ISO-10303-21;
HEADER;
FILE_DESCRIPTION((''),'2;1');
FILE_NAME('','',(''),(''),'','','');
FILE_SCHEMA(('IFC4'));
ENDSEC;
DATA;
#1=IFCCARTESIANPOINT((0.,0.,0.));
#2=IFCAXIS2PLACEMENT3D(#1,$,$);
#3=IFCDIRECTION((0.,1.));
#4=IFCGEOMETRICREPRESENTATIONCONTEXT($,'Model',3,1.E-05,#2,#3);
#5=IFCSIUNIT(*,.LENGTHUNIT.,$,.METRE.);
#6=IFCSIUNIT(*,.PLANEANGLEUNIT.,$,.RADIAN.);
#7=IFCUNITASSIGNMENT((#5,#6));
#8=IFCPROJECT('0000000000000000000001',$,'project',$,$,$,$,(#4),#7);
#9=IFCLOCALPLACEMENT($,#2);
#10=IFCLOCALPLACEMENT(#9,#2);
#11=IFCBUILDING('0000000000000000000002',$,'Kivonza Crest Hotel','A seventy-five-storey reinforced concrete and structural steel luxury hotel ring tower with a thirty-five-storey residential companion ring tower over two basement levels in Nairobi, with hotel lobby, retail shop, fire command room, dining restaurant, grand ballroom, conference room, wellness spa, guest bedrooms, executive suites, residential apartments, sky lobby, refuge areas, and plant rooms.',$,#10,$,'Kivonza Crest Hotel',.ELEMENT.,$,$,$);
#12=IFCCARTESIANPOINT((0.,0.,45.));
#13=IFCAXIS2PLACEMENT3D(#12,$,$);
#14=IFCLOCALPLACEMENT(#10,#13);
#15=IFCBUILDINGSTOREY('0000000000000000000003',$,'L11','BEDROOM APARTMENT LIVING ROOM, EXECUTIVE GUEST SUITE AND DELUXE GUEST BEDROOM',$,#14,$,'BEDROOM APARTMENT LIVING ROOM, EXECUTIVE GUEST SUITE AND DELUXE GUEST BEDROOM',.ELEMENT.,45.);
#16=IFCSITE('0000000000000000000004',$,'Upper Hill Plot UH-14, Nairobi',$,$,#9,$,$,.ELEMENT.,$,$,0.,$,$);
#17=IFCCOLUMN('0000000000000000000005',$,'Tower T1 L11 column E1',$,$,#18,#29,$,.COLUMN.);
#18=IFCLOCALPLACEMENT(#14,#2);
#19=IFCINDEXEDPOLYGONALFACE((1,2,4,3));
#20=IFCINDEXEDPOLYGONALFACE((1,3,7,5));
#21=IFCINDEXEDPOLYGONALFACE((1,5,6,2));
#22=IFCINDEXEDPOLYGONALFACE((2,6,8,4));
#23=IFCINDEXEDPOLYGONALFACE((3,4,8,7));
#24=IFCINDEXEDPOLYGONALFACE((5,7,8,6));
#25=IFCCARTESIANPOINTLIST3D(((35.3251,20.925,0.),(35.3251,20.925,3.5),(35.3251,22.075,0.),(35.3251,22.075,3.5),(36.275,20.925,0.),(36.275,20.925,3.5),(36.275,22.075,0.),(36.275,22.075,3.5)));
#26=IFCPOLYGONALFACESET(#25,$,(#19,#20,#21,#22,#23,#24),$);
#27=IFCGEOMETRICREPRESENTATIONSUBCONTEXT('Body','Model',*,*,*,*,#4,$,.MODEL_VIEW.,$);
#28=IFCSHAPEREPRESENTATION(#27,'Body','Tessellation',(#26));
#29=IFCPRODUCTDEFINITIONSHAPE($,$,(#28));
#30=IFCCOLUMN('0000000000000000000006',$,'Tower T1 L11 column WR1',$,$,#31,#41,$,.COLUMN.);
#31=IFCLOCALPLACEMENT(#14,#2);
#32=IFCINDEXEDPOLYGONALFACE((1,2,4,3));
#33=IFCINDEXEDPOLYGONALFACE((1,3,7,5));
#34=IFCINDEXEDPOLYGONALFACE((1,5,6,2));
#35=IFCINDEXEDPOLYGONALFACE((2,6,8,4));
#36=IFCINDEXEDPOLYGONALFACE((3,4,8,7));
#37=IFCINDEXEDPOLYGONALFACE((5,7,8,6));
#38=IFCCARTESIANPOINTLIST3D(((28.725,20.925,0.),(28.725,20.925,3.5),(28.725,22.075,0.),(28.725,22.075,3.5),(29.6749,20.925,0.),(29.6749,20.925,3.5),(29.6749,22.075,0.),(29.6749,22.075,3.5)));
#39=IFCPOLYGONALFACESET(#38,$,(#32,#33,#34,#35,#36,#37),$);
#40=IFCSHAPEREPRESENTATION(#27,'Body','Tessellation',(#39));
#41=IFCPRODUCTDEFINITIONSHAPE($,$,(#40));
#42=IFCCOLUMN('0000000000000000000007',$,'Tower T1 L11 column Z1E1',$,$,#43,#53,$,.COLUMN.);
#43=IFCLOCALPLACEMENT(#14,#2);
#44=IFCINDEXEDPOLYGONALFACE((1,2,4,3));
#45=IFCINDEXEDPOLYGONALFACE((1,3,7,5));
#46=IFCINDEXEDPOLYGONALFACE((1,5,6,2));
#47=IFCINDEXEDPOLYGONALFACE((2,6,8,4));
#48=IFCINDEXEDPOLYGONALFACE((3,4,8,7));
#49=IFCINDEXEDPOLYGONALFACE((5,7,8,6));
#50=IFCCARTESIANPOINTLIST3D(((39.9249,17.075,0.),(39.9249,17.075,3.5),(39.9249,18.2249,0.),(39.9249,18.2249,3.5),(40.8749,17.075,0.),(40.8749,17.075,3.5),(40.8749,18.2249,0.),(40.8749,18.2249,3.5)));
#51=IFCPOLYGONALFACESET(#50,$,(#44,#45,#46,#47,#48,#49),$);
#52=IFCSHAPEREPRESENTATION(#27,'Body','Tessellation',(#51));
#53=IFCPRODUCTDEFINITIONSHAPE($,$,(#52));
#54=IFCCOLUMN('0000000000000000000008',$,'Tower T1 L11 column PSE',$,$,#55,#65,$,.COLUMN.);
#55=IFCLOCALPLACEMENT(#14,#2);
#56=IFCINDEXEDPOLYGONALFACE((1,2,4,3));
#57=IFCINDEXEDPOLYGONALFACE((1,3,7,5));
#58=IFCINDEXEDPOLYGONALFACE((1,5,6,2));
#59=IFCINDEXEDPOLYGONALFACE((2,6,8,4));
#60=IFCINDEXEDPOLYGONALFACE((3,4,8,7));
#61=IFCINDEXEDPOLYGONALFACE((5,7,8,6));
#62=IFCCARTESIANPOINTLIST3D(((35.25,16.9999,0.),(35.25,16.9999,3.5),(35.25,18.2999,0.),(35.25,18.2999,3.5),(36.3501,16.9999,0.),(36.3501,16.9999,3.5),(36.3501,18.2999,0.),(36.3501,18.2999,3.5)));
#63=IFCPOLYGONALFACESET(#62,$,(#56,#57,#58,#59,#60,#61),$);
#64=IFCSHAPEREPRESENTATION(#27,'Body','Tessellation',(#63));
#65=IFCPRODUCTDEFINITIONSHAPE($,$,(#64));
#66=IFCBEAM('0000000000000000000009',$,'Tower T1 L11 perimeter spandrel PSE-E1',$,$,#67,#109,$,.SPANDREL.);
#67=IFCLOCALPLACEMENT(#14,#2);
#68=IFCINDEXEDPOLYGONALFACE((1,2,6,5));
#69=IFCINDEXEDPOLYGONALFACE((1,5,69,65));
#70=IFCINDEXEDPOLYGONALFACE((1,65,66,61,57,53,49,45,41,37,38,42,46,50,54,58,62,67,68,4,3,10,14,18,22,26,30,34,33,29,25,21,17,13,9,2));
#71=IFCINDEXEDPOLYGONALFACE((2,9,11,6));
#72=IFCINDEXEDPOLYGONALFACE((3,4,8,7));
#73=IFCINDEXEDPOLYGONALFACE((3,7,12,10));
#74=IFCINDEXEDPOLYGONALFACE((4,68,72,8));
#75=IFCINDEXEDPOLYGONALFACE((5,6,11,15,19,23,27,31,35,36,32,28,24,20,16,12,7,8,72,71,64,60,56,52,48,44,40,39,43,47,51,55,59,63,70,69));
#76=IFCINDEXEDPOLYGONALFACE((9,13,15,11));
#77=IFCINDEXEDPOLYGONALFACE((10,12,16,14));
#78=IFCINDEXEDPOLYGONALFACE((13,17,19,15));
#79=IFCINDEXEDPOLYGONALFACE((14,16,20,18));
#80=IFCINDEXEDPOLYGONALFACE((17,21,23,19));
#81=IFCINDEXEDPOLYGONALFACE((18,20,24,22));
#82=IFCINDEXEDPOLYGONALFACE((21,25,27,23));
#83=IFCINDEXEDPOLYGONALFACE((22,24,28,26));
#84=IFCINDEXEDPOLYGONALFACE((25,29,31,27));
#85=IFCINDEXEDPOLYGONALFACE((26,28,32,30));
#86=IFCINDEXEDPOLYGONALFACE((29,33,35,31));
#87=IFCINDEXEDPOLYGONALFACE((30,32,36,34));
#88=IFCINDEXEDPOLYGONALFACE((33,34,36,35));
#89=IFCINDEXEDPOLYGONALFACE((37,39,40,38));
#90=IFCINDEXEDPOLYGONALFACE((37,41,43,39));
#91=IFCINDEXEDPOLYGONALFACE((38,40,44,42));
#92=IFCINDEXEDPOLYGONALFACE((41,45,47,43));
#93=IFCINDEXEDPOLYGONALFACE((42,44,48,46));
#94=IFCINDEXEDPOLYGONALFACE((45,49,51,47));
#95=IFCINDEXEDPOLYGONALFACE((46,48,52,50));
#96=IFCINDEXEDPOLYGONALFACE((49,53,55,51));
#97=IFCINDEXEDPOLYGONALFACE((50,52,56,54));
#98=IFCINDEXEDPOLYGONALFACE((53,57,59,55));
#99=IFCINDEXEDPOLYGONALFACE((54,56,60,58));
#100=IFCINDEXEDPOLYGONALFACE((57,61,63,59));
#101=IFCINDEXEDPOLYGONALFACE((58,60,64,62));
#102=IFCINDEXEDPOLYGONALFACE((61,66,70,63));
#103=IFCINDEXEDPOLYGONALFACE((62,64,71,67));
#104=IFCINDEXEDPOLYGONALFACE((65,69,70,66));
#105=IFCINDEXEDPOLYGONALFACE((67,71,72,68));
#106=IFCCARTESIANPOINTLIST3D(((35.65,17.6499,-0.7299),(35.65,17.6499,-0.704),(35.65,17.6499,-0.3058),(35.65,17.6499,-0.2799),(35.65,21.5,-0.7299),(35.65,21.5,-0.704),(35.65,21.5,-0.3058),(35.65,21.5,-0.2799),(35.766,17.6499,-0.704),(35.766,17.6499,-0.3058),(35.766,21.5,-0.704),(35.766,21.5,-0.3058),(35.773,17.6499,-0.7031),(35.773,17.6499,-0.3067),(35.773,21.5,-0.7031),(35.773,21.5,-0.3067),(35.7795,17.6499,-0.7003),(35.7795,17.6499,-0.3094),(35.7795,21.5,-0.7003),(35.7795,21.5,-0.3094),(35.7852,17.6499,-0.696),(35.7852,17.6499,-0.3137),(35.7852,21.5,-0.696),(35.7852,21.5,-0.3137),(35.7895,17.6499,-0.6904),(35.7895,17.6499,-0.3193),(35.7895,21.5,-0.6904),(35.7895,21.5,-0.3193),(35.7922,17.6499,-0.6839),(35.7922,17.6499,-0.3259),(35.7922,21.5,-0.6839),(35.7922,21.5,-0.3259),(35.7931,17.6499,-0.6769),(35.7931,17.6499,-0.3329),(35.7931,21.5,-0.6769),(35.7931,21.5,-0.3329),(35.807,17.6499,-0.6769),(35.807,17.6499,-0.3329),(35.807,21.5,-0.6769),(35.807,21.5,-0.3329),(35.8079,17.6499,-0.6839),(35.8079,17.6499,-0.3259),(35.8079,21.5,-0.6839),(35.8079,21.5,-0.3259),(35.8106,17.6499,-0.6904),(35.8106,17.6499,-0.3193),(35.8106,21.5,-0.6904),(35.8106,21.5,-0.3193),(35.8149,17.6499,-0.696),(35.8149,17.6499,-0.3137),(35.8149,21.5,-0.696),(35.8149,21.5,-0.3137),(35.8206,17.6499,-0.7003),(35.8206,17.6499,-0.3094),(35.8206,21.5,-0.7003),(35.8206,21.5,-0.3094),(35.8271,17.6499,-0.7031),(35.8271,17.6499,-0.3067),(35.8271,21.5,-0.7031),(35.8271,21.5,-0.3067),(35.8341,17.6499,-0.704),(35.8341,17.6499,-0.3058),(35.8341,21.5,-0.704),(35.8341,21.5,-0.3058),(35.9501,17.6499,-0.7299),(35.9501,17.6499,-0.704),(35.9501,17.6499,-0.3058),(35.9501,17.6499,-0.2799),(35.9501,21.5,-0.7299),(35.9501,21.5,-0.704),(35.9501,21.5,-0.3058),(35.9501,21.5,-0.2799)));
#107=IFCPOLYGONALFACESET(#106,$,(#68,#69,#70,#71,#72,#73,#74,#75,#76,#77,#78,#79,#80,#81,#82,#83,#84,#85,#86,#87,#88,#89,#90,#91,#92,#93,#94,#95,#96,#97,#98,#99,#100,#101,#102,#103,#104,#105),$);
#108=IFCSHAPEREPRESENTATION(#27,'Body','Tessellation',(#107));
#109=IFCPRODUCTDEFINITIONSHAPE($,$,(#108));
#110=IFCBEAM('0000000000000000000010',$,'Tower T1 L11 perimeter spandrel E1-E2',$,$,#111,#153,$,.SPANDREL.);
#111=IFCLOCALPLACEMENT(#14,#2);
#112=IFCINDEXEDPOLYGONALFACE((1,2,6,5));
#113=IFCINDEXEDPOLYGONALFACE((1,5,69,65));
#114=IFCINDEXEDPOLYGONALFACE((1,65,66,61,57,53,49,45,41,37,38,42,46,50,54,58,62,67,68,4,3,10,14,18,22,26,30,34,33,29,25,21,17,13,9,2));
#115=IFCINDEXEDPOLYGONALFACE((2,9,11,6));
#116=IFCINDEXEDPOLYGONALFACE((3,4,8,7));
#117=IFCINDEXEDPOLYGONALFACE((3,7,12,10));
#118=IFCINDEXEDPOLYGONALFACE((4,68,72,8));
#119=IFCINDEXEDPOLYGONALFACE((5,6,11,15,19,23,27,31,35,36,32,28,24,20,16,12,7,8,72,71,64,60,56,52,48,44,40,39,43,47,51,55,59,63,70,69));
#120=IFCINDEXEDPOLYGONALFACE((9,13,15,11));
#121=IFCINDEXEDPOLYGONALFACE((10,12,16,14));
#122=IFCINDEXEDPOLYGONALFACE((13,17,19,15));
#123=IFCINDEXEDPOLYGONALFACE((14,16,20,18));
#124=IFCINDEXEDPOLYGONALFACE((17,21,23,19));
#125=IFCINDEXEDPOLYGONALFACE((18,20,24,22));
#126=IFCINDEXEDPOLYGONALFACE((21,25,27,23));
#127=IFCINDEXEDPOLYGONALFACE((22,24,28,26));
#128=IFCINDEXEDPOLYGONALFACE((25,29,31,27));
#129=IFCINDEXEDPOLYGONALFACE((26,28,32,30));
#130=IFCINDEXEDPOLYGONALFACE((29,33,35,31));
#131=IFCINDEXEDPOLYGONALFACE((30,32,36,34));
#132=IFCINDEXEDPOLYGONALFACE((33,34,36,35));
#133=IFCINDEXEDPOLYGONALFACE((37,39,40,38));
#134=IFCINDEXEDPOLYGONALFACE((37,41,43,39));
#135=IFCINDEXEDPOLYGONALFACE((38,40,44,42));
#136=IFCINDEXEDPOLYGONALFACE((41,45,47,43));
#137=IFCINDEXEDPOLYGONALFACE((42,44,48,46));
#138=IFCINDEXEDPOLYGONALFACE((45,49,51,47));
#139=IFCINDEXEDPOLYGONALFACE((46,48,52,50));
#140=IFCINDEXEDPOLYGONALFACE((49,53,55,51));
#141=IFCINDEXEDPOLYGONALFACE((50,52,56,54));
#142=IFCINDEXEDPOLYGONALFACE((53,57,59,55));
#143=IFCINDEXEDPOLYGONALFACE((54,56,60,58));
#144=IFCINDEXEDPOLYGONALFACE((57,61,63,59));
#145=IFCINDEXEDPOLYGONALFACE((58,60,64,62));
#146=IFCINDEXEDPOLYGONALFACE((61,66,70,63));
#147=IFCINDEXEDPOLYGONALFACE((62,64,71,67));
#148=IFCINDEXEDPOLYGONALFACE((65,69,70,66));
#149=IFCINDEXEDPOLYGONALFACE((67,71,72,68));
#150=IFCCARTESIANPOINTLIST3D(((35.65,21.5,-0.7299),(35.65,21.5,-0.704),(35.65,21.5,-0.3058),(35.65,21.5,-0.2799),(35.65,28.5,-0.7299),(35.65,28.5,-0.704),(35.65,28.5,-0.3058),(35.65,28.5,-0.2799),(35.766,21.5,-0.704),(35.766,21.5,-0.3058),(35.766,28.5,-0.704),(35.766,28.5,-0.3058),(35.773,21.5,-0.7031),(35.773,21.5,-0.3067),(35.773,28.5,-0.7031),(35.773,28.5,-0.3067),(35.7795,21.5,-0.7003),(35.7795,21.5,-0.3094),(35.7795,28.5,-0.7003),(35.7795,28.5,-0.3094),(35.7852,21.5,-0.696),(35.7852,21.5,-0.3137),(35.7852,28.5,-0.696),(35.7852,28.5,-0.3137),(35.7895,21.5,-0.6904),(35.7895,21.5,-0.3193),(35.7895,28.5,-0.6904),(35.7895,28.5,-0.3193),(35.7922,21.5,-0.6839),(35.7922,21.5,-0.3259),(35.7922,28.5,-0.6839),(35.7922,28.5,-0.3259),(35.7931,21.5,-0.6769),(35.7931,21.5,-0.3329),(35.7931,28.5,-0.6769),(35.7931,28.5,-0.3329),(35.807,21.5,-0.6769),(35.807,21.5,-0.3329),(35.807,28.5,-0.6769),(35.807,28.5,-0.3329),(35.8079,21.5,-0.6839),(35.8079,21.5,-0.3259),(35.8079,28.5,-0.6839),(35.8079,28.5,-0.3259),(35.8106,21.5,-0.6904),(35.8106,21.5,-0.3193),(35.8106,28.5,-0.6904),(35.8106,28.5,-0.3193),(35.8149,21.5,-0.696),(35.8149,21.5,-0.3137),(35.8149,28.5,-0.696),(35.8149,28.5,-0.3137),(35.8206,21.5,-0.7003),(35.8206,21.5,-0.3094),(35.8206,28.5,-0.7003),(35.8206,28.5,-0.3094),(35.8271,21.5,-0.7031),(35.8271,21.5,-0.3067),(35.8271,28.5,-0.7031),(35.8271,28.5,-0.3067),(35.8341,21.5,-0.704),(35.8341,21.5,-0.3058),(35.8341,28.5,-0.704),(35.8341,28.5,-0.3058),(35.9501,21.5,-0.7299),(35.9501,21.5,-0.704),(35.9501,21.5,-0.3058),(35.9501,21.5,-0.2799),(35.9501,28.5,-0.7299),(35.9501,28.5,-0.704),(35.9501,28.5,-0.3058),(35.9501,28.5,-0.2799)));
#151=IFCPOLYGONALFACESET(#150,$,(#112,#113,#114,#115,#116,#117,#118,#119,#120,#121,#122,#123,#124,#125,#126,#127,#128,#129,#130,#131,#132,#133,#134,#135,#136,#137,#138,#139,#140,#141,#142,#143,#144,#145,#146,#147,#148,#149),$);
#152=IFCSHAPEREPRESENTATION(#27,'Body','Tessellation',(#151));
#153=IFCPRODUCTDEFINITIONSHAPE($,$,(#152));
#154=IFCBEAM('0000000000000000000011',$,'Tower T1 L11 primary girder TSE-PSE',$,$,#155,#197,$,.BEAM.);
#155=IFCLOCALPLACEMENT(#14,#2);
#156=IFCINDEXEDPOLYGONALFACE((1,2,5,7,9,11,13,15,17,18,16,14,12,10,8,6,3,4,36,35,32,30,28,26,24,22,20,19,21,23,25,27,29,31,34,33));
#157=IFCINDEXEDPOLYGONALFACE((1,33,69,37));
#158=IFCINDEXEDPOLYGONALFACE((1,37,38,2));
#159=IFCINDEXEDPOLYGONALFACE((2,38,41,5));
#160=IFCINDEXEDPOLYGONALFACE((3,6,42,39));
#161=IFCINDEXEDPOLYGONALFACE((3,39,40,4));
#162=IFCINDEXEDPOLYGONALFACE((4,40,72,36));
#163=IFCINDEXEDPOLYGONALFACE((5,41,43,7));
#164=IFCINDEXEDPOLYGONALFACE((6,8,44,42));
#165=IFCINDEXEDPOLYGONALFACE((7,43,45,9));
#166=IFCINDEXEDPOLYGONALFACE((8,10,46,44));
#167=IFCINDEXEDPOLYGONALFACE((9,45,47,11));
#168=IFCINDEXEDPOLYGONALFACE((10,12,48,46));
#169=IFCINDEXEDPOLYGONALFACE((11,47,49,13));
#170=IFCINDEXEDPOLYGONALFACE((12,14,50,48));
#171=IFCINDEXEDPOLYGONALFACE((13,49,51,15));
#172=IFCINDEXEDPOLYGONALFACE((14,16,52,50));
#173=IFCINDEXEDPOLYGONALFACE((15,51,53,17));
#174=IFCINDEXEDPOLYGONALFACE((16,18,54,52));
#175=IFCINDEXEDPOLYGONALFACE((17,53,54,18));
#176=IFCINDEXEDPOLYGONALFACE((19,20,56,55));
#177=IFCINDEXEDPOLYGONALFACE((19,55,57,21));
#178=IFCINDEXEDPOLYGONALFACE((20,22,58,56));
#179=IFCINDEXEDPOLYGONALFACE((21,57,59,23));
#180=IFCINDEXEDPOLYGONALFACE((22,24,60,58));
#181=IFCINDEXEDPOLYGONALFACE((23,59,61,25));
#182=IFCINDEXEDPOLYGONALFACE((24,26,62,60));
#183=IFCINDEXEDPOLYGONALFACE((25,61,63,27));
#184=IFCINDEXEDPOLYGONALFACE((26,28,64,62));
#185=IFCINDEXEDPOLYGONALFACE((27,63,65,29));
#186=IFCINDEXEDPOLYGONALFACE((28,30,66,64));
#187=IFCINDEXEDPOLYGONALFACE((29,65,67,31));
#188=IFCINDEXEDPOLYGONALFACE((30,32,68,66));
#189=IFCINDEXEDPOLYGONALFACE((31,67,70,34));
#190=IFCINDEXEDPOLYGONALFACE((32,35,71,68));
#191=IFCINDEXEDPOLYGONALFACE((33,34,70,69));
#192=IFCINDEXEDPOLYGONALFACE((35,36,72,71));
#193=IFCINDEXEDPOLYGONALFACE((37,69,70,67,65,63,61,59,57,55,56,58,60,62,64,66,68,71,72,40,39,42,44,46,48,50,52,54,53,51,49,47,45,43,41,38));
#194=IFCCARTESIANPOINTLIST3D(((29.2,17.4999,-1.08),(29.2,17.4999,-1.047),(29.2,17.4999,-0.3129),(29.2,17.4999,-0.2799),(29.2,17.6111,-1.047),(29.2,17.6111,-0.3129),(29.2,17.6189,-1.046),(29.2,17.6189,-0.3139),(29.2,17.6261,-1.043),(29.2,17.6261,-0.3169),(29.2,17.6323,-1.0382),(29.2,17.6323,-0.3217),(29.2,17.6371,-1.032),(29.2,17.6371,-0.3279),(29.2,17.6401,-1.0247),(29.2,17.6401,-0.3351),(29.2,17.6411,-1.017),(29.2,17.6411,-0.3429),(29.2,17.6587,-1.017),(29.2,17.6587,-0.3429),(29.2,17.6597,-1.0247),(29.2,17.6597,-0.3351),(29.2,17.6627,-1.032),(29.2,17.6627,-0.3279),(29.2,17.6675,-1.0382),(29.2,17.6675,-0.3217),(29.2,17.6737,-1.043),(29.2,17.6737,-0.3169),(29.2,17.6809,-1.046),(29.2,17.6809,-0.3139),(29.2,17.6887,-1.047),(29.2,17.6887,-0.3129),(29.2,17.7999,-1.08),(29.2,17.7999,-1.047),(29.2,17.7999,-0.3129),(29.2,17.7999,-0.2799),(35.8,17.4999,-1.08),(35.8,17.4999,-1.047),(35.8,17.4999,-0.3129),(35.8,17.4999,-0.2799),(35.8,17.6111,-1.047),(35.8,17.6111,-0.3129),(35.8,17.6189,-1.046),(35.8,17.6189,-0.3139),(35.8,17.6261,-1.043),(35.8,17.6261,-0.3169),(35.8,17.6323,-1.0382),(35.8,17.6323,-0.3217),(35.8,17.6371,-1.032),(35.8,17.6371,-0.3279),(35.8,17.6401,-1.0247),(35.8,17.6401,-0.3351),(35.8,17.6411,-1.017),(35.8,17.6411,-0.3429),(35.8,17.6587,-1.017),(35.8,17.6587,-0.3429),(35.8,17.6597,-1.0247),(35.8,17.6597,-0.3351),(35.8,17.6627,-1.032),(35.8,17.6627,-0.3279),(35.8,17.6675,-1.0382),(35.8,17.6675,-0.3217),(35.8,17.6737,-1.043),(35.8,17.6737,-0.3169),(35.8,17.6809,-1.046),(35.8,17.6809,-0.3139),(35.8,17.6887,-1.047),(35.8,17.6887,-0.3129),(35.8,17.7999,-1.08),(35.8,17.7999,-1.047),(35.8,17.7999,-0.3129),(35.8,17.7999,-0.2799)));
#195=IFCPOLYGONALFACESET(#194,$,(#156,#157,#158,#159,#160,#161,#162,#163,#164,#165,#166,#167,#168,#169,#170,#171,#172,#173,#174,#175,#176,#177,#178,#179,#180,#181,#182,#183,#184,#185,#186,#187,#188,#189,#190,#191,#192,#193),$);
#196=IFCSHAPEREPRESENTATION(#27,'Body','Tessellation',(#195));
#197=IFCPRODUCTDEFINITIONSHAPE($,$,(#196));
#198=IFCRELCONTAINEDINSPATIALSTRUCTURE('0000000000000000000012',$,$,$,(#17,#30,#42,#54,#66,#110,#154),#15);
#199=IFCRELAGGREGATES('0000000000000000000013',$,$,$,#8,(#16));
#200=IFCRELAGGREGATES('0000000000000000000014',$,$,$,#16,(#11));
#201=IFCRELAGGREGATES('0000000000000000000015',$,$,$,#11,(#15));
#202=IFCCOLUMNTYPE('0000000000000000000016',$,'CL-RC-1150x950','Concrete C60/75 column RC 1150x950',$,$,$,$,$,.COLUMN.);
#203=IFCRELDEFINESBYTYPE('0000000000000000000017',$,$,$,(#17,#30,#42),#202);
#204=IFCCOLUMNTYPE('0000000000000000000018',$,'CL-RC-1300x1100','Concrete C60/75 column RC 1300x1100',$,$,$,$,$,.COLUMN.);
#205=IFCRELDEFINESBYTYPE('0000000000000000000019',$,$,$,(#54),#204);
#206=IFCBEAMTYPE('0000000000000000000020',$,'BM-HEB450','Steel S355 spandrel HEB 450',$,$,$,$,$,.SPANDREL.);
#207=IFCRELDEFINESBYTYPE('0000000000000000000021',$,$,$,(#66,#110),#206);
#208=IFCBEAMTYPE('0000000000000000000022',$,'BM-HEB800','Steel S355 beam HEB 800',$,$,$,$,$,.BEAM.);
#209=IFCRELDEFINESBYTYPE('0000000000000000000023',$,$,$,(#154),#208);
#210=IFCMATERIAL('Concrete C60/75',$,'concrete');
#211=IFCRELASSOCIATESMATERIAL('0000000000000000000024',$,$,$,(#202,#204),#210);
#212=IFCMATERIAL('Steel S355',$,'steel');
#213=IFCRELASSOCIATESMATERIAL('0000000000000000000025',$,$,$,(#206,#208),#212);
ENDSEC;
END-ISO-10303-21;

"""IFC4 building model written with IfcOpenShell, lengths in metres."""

from ifc_helpers import new_model, si_unit, direction, frame, origin, origin_2d, place, context, subcontext, project, spatial, rectangle, i_section, extrude, material, material_profile, profile_set, type_object, element, save


model = new_model("IFC4")

# Units and contexts
model_context = context("Model", 3, precision=1e-05, world=origin(), true_north=direction((0.0, 1.0)))
body_context = subcontext(model_context, "Body", "Model", "MODEL_VIEW")
ifc_project = project(units=[si_unit("LENGTHUNIT", "METRE"), si_unit("PLANEANGLEUNIT", "RADIAN")], contexts=[model_context])

# Site, building, storey
site_placement = place(None, origin())
site = spatial("IfcSite", under=ifc_project, at=site_placement, Name="Upper Hill Plot UH-14, Nairobi", CompositionType="ELEMENT", RefElevation=0.0)
building_placement = place(site_placement, origin())
building = spatial("IfcBuilding", under=site, at=building_placement, Name="Kivonza Crest Hotel", Description="A seventy-five-storey reinforced concrete and structural steel luxury hotel ring tower with a thirty-five-storey residential companion ring tower over two basement levels in Nairobi, with hotel lobby, retail shop, fire command room, dining restaurant, grand ballroom, conference room, wellness spa, guest bedrooms, executive suites, residential apartments, sky lobby, refuge areas, and plant rooms.", LongName="Kivonza Crest Hotel", CompositionType="ELEMENT")
storey_placement = place(building_placement, frame((0.0, 0.0, 45.0)))
storey = spatial("IfcBuildingStorey", under=building, at=storey_placement, Name="L11", Description="BEDROOM APARTMENT LIVING ROOM, EXECUTIVE GUEST SUITE AND DELUXE GUEST BEDROOM", LongName="BEDROOM APARTMENT LIVING ROOM, EXECUTIVE GUEST SUITE AND DELUXE GUEST BEDROOM", CompositionType="ELEMENT", Elevation=45.0)

# Columns
ifc_material_1 = material(Name="Concrete C60/75", Category="concrete")
ifc_material_profile_1 = material_profile(ifc_material_1, rectangle(XDim=0.95, YDim=1.1499, at=origin_2d()), Name="RC 1150x950")
ifc_profile_set_1 = profile_set([ifc_material_profile_1], Name="Concrete C60/75")
column_type_1 = type_object("IfcColumnType", Name="CL-RC-1150x950", Description="Concrete C60/75 column RC 1150x950", PredefinedType="COLUMN", material=ifc_profile_set_1)
for number, where, z_axis, x_axis, name in (
    (1, (35.8, 21.5, 0.0), (0.0, 0.0, 1.0), (1.0, 0.0, 0.0), "Tower T1 L11 column E1"),
    (2, (29.2, 21.5, 0.0), (0.0, 0.0, 1.0), (1.0, 0.0, 0.0), "Tower T1 L11 column WR1"),
    (3, (40.3999, 17.6499, 0.0), (0.0, 0.0, 1.0), (1.0, 0.0, 0.0), "Tower T1 L11 column Z1E1"),
):
    element("IfcColumn", number, at=place(storey_placement, frame(where, z_axis=z_axis, x_axis=x_axis)), inside=storey, type_object=column_type_1, Name=name, PredefinedType="COLUMN", context=body_context, shape_type="SweptSolid", body=[
        extrude(rectangle(XDim=0.95, YDim=1.1499, at=origin_2d()), origin(), (0.0, 0.0, 1.0), 3.5),
    ])
ifc_material_profile_2 = material_profile(ifc_material_1, rectangle(XDim=1.1001, YDim=1.3, at=origin_2d()), Name="RC 1300x1100")
ifc_profile_set_2 = profile_set([ifc_material_profile_2], Name="Concrete C60/75")
column_type_2 = type_object("IfcColumnType", Name="CL-RC-1300x1100", Description="Concrete C60/75 column RC 1300x1100", PredefinedType="COLUMN", material=ifc_profile_set_2)
column_placement = place(storey_placement, frame((35.8, 17.6499, 0.0), z_axis=(0.0, 0.0, 1.0), x_axis=(1.0, 0.0, 0.0)))
element("IfcColumn", 4, at=column_placement, inside=storey, type_object=column_type_2, Name="Tower T1 L11 column PSE", PredefinedType="COLUMN", context=body_context, shape_type="SweptSolid", body=[
    extrude(rectangle(XDim=1.1001, YDim=1.3, at=origin_2d()), origin(), (0.0, 0.0, 1.0), 3.5),
])

# Beams
ifc_material_2 = material(Name="Steel S355", Category="steel")
ifc_material_profile_3 = material_profile(ifc_material_2, i_section(OverallWidth=0.3, OverallDepth=0.45, WebThickness=0.0139, FlangeThickness=0.0259, FilletRadius=0.0271, at=origin_2d()), Name="HEB 450")
ifc_profile_set_3 = profile_set([ifc_material_profile_3], Name="Steel S355")
beam_type_1 = type_object("IfcBeamType", Name="BM-HEB450", Description="Steel S355 spandrel HEB 450", PredefinedType="SPANDREL", material=ifc_profile_set_3)
beam_1_placement = place(storey_placement, frame((35.8, 17.6499, -0.5049), z_axis=(0.0, 1.0, 0.0), x_axis=(-1.0, 0.0, 0.0)))
element("IfcBeam", 5, at=beam_1_placement, inside=storey, type_object=beam_type_1, Name="Tower T1 L11 perimeter spandrel PSE-E1", PredefinedType="SPANDREL", context=body_context, shape_type="SweptSolid", body=[
    extrude(i_section(OverallWidth=0.3, OverallDepth=0.45, WebThickness=0.0139, FlangeThickness=0.0259, FilletRadius=0.0271, at=origin_2d()), origin(), (0.0, 0.0, 1.0), 3.8501),
])
beam_2_placement = place(storey_placement, frame((35.8, 21.5, -0.5049), z_axis=(0.0, 1.0, 0.0), x_axis=(-1.0, 0.0, 0.0)))
element("IfcBeam", 6, at=beam_2_placement, inside=storey, type_object=beam_type_1, Name="Tower T1 L11 perimeter spandrel E1-E2", PredefinedType="SPANDREL", context=body_context, shape_type="SweptSolid", body=[
    extrude(i_section(OverallWidth=0.3, OverallDepth=0.45, WebThickness=0.0139, FlangeThickness=0.0259, FilletRadius=0.0271, at=origin_2d()), origin(), (0.0, 0.0, 1.0), 7.0),
])
ifc_material_profile_4 = material_profile(ifc_material_2, i_section(OverallWidth=0.3, OverallDepth=0.8, WebThickness=0.0176, FlangeThickness=0.033, FilletRadius=0.03, at=origin_2d()), Name="HEB 800")
ifc_profile_set_4 = profile_set([ifc_material_profile_4], Name="Steel S355")
beam_type_2 = type_object("IfcBeamType", Name="BM-HEB800", Description="Steel S355 beam HEB 800", PredefinedType="BEAM", material=ifc_profile_set_4)
beam_3_placement = place(storey_placement, frame((29.2, 17.6499, -0.6799), z_axis=(1.0, 0.0, 0.0), x_axis=(0.0, 1.0, 0.0)))
element("IfcBeam", 7, at=beam_3_placement, inside=storey, type_object=beam_type_2, Name="Tower T1 L11 primary girder TSE-PSE", PredefinedType="BEAM", context=body_context, shape_type="SweptSolid", body=[
    extrude(i_section(OverallWidth=0.3, OverallDepth=0.8, WebThickness=0.0176, FlangeThickness=0.033, FilletRadius=0.03, at=origin_2d()), origin(), (0.0, 0.0, 1.0), 6.6001),
])

save(model, "model.ifc")
